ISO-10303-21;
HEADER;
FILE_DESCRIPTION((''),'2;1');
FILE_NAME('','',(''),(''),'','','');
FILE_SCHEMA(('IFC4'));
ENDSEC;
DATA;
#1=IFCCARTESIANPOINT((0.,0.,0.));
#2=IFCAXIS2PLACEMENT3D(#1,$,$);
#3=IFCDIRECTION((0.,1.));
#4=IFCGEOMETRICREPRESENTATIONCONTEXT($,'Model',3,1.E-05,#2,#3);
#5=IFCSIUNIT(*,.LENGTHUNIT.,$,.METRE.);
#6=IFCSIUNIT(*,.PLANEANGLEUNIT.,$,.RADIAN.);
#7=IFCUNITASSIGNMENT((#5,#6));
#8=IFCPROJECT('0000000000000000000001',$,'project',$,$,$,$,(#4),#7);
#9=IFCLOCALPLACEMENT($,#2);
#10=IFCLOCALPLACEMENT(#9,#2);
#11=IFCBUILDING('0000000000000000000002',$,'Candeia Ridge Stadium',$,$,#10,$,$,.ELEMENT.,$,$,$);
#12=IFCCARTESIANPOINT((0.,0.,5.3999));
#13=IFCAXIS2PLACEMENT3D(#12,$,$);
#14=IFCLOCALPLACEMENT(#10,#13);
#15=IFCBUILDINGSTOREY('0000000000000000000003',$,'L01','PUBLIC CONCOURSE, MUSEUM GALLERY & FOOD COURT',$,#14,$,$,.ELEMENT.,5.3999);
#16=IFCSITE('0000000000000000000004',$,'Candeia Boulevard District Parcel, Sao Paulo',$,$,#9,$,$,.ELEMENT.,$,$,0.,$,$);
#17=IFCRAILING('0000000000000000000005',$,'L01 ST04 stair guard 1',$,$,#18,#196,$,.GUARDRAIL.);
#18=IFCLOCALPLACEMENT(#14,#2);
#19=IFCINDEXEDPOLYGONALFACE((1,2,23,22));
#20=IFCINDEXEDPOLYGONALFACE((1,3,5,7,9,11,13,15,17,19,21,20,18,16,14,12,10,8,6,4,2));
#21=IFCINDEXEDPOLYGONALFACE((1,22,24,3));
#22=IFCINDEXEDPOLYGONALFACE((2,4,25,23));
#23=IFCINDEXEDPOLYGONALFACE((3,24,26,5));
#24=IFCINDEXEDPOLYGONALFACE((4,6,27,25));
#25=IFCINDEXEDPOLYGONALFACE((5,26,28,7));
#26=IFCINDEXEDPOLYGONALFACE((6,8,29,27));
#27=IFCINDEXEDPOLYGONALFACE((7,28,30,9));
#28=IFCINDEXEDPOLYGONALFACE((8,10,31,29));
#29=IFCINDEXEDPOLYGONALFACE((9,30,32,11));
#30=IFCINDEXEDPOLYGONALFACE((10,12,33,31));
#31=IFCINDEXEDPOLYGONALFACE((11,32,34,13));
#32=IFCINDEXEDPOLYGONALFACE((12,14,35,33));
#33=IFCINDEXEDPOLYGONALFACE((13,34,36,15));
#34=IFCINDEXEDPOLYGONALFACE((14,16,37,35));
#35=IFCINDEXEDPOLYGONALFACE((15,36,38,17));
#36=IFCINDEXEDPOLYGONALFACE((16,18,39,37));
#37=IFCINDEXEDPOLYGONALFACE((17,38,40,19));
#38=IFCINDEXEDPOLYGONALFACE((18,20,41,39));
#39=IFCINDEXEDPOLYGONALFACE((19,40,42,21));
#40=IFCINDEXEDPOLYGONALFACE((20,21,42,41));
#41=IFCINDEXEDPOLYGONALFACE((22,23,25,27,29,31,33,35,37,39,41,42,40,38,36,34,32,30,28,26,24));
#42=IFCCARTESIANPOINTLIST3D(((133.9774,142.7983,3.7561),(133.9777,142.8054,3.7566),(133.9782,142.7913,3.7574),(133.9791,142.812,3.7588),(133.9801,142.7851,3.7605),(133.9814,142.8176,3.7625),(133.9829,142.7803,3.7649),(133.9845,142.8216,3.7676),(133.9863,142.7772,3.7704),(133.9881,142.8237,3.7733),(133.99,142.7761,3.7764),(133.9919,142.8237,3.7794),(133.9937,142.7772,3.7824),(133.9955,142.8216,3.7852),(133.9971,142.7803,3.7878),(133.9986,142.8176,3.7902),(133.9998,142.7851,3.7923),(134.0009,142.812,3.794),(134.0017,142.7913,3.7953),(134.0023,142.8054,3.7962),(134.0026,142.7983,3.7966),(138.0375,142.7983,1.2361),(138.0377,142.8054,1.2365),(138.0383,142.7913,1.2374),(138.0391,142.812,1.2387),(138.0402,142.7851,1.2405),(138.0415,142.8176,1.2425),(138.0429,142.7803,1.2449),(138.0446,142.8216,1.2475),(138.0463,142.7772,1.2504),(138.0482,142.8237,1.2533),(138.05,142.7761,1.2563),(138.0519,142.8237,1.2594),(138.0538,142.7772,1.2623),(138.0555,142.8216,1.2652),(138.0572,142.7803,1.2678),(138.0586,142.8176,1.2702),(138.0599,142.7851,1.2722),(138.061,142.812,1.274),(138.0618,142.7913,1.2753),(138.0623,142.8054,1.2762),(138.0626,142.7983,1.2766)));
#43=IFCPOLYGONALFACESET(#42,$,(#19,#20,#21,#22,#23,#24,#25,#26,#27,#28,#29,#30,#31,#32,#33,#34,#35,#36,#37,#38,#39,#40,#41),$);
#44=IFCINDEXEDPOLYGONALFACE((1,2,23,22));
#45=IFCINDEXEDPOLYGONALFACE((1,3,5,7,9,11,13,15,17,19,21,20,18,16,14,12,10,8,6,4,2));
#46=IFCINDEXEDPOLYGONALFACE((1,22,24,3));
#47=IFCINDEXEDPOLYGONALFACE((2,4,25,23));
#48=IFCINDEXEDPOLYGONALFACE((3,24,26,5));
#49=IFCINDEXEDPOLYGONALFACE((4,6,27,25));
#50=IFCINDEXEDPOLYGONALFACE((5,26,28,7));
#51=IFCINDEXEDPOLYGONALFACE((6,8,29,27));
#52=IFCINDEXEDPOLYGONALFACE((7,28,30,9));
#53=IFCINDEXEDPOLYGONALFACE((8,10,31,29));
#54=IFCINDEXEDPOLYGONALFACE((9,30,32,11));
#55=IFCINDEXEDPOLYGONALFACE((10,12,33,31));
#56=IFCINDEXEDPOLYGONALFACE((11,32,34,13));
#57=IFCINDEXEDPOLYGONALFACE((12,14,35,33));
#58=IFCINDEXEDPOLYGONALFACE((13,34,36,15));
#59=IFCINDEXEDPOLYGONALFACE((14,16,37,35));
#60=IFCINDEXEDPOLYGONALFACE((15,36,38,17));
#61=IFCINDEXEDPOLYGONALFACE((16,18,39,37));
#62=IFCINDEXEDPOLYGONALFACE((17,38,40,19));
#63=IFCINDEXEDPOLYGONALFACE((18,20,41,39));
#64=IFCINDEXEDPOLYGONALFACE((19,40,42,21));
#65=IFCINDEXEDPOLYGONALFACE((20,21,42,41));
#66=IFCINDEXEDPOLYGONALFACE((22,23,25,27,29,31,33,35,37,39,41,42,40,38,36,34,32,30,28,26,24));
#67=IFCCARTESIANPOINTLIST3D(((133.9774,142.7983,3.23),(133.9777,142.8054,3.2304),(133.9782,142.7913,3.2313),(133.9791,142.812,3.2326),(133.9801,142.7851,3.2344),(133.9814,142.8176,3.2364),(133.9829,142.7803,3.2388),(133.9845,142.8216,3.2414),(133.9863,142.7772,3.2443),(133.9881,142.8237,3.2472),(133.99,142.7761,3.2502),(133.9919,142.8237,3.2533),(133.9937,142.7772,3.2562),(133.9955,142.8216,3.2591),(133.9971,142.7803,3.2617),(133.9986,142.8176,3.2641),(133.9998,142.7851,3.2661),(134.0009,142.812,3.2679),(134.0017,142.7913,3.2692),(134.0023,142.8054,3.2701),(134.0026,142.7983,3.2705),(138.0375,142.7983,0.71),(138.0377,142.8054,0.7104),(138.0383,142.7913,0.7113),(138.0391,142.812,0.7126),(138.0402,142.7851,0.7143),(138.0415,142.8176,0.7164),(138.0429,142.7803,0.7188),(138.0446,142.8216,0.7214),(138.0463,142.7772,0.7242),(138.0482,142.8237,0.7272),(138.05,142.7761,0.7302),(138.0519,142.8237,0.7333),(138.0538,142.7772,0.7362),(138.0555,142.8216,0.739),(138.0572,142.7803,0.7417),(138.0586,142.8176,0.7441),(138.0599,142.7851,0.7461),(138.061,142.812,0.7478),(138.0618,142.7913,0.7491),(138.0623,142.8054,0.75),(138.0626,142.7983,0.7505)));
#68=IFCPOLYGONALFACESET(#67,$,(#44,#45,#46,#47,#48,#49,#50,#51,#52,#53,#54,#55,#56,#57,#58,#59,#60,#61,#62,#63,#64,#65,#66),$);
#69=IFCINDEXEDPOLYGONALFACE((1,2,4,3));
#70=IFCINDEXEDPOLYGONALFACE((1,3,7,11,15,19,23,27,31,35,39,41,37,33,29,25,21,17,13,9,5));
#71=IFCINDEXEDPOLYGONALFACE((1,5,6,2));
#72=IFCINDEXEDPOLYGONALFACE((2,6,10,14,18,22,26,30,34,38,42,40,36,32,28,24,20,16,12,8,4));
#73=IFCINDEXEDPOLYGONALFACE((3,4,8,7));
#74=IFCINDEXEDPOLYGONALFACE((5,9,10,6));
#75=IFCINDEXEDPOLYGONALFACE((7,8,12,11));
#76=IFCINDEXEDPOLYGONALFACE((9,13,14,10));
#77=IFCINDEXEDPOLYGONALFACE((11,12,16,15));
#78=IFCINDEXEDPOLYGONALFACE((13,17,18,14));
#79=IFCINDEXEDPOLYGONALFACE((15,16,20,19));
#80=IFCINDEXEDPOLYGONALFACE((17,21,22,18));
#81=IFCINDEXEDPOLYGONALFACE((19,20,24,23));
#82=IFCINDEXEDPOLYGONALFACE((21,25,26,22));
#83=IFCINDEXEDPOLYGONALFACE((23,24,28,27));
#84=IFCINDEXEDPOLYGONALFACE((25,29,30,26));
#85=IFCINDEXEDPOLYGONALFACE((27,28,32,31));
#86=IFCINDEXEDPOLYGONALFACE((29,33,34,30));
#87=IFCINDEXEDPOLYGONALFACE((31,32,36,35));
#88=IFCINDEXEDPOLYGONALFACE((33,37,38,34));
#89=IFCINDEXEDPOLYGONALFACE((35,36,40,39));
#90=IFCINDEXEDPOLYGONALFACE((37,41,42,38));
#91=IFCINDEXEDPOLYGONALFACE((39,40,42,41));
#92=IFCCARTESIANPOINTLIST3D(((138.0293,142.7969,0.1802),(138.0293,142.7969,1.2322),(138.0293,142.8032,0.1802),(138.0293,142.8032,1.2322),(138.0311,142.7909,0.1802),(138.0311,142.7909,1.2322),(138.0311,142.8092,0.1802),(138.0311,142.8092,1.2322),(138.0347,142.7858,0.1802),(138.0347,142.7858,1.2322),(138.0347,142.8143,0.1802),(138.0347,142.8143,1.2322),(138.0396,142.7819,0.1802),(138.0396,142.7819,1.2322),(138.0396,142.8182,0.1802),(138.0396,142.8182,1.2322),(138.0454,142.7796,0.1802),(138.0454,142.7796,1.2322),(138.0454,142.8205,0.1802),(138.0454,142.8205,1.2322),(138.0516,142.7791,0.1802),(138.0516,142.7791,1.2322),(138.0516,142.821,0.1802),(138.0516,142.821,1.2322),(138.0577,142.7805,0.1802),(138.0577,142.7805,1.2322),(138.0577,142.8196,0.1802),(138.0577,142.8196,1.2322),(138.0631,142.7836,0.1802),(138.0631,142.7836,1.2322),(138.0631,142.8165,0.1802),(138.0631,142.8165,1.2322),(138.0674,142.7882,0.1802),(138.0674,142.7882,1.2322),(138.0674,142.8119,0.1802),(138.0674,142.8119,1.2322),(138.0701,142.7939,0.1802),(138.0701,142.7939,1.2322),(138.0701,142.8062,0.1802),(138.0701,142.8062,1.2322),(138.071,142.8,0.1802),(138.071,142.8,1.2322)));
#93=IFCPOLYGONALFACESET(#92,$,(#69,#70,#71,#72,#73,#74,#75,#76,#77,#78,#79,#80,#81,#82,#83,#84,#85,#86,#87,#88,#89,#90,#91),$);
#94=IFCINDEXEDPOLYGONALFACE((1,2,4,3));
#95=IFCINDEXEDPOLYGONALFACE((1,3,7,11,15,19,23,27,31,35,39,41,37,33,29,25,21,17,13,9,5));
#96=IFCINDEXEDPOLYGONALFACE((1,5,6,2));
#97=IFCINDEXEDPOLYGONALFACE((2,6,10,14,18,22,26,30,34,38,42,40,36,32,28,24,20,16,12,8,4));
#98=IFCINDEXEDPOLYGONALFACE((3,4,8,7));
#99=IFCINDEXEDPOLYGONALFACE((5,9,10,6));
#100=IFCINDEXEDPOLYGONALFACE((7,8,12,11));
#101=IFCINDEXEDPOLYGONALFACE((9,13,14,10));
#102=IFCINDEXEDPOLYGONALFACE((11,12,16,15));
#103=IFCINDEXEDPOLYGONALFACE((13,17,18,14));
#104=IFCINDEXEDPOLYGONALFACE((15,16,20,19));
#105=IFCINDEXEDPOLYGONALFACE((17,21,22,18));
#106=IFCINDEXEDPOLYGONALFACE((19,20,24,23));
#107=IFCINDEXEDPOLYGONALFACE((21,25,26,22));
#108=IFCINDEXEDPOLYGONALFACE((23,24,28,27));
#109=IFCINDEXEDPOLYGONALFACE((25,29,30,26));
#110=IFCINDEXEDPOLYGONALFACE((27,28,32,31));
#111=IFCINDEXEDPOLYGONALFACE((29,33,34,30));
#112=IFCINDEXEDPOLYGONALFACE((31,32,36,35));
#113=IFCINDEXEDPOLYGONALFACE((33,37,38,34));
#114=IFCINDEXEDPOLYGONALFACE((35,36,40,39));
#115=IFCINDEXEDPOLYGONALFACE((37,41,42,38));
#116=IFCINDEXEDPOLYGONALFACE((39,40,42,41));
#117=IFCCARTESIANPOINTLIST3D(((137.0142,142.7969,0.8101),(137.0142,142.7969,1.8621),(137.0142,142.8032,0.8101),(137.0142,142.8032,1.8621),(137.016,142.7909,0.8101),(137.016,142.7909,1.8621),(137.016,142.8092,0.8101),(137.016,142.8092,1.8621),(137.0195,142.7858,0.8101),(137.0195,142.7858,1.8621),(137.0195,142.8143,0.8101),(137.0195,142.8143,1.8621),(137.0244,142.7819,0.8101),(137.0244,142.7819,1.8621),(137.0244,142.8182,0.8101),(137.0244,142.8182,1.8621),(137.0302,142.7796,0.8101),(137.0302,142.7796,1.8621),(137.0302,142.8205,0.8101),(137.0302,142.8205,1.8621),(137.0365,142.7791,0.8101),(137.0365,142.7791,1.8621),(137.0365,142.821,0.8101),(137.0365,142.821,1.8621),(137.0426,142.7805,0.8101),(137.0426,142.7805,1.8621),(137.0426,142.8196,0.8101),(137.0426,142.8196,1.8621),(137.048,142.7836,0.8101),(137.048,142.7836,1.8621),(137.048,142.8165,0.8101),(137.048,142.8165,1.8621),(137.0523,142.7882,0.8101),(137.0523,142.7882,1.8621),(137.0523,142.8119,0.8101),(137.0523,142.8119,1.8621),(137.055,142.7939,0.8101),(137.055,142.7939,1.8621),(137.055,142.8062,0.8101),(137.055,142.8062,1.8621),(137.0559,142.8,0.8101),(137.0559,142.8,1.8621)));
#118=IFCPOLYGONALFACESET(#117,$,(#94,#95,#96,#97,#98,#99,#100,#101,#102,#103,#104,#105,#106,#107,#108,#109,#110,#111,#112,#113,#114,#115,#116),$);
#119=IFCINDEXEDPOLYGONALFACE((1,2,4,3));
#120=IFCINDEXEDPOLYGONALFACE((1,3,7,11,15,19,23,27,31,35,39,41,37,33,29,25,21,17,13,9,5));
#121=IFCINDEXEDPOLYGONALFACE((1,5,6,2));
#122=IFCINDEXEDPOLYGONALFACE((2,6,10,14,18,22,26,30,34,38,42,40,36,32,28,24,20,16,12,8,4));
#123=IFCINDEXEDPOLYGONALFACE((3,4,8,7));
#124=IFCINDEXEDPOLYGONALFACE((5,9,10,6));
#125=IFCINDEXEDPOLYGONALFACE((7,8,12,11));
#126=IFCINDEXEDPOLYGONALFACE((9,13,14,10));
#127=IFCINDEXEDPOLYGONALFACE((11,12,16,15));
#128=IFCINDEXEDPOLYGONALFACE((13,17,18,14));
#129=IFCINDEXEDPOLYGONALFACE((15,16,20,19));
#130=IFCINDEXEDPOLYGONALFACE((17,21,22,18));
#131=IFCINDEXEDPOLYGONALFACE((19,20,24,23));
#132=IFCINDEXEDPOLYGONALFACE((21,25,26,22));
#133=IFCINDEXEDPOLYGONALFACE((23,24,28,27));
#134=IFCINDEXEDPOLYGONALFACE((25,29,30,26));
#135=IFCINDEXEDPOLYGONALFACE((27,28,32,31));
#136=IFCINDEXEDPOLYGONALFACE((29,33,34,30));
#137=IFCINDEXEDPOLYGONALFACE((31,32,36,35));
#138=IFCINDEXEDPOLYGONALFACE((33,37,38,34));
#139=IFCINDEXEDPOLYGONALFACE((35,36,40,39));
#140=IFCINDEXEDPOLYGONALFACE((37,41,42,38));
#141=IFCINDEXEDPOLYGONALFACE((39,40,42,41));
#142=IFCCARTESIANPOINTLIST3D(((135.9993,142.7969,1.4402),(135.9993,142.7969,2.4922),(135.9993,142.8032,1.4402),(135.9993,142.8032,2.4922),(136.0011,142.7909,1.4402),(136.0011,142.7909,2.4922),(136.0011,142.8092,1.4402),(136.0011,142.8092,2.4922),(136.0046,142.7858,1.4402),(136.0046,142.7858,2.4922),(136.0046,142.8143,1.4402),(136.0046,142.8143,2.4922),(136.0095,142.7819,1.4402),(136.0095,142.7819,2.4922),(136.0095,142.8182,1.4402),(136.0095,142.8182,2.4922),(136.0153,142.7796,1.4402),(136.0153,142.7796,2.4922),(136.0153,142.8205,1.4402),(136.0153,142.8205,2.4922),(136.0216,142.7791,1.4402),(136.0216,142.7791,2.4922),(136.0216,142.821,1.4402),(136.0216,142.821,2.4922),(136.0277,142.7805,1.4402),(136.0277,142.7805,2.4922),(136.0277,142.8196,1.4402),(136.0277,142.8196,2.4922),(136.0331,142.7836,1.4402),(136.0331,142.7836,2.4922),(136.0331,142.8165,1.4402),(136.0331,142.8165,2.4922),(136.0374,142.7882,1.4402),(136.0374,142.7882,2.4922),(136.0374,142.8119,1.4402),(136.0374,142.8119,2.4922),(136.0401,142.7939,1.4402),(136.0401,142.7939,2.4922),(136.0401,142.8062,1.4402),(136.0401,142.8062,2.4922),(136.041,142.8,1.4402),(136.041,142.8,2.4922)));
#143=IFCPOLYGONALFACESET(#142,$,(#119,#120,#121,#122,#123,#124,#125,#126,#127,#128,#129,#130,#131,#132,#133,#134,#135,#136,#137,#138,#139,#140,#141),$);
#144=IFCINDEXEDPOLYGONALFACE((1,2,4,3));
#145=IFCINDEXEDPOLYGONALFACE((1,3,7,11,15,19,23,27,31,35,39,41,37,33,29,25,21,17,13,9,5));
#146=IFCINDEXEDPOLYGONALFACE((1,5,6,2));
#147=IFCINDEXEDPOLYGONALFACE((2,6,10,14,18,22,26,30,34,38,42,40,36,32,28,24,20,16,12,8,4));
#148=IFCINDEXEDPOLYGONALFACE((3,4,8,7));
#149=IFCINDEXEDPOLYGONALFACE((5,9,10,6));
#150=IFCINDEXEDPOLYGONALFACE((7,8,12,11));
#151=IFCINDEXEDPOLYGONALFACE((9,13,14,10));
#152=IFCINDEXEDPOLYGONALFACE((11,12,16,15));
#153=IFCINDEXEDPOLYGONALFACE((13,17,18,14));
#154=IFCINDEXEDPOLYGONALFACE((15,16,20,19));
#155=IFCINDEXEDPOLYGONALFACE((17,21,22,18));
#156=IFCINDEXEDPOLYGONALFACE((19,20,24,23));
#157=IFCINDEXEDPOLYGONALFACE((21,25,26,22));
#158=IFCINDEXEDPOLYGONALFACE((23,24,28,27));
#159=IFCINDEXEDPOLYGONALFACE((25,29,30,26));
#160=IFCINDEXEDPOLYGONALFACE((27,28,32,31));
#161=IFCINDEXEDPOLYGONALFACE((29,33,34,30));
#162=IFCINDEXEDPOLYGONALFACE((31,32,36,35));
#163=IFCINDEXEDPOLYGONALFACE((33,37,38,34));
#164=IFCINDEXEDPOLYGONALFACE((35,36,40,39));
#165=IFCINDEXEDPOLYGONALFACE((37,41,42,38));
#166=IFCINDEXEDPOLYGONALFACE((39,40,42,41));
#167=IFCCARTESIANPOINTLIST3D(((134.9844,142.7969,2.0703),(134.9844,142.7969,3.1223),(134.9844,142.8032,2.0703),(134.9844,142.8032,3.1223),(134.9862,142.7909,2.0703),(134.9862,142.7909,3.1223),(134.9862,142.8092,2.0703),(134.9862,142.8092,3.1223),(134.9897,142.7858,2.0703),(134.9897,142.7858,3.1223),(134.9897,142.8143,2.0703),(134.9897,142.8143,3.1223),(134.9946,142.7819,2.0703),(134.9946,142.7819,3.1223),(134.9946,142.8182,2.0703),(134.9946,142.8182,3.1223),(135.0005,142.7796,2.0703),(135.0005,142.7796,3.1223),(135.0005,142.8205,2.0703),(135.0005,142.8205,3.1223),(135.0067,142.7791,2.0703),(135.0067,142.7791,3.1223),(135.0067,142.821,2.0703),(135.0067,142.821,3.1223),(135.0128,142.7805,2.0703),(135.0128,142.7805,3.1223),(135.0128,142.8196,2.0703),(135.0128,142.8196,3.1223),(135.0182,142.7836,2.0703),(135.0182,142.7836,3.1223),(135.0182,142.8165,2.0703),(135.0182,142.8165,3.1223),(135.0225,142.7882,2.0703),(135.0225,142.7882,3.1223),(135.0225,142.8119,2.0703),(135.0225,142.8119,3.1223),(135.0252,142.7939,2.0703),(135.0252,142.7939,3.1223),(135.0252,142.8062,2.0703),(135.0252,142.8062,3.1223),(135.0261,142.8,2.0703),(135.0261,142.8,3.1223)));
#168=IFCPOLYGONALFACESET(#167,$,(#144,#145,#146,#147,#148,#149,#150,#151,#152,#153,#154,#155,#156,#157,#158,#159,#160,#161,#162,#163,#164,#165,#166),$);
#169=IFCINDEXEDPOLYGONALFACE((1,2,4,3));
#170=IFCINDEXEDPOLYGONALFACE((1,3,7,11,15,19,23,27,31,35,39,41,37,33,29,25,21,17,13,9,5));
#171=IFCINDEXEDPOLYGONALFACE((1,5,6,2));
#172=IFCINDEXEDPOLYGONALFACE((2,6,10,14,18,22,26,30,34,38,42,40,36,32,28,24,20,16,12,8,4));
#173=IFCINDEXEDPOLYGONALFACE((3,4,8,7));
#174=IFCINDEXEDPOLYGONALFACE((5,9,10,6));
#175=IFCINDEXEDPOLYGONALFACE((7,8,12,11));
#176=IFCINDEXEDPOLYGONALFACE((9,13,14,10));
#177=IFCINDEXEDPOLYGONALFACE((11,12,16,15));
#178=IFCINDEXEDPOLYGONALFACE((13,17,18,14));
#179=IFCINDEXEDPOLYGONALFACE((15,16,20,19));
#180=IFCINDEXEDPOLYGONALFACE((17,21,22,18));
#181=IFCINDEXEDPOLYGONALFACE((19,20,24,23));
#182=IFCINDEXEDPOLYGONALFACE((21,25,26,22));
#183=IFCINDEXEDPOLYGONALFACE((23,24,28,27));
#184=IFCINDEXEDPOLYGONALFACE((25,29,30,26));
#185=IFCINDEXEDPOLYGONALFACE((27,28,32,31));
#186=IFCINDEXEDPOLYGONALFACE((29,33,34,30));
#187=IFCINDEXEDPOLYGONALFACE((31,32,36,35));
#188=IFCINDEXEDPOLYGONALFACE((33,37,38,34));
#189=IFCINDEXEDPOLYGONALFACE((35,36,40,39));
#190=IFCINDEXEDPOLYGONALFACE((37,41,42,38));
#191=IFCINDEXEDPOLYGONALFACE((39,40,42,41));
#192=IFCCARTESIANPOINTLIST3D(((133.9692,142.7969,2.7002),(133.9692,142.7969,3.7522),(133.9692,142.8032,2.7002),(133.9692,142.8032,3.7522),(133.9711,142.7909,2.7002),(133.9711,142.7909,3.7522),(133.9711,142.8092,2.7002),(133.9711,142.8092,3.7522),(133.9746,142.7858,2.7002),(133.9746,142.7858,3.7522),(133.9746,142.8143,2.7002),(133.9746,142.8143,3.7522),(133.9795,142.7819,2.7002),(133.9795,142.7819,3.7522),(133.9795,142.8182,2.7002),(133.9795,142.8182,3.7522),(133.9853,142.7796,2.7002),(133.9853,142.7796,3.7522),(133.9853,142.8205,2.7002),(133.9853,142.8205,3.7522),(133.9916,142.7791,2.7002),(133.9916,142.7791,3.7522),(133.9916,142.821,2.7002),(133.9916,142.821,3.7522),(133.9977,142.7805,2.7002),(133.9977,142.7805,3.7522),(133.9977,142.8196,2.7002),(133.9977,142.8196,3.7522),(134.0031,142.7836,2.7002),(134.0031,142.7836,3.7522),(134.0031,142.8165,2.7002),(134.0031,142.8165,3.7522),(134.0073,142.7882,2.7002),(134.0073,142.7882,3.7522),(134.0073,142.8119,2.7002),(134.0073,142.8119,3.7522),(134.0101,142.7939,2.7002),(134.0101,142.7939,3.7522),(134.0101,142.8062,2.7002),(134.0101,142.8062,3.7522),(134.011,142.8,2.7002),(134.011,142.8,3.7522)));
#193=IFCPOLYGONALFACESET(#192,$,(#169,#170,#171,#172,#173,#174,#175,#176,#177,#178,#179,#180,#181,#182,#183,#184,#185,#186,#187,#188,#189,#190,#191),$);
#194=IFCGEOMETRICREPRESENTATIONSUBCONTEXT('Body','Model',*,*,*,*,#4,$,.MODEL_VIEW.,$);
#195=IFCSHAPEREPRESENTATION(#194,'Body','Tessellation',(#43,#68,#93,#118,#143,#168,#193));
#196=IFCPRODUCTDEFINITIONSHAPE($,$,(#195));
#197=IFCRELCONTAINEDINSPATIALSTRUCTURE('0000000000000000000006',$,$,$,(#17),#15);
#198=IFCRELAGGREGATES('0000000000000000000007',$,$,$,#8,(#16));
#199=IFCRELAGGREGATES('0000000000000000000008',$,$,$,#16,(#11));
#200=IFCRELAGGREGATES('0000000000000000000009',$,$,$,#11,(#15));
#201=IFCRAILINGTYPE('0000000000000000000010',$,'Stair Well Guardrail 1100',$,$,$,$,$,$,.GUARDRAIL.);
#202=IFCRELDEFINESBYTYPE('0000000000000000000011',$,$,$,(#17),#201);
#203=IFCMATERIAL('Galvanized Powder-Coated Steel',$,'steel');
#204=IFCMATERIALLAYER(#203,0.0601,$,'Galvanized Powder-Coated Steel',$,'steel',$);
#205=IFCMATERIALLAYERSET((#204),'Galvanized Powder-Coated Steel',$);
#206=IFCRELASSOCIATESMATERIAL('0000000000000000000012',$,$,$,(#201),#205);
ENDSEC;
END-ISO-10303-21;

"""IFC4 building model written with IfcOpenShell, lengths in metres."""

from ifc_helpers import new_model, si_unit, direction, frame, origin, origin_2d, place, context, subcontext, project, spatial, circle, extrude, material, layer, layer_set, type_object, element, save


model = new_model("IFC4")

# Units and contexts
model_context = context("Model", 3, precision=1e-05, world=origin(), true_north=direction((0.0, 1.0)))
body_context = subcontext(model_context, "Body", "Model", "MODEL_VIEW")
ifc_project = project(units=[si_unit("LENGTHUNIT", "METRE"), si_unit("PLANEANGLEUNIT", "RADIAN")], contexts=[model_context])

# Site, building, storey
site_placement = place(None, origin())
site = spatial("IfcSite", under=ifc_project, at=site_placement, Name="Candeia Boulevard District Parcel, Sao Paulo", CompositionType="ELEMENT", RefElevation=0.0)
building_placement = place(site_placement, origin())
building = spatial("IfcBuilding", under=site, at=building_placement, Name="Candeia Ridge Stadium", CompositionType="ELEMENT")
storey_placement = place(building_placement, frame((0.0, 0.0, 5.3999)))
storey = spatial("IfcBuildingStorey", under=building, at=storey_placement, Name="L01", Description="PUBLIC CONCOURSE, MUSEUM GALLERY & FOOD COURT", CompositionType="ELEMENT", Elevation=5.3999)

# Railing
ifc_material_1 = material(Name="Galvanized Powder-Coated Steel", Category="steel")
ifc_layer_1 = layer(ifc_material_1, 0.0601, Name="Galvanized Powder-Coated Steel", Category="steel")
ifc_layer_set_1 = layer_set([ifc_layer_1], Name="Galvanized Powder-Coated Steel")
railing_type_1 = type_object("IfcRailingType", Name="Stair Well Guardrail 1100", PredefinedType="GUARDRAIL", material=ifc_layer_set_1)
railing_1_placement = place(storey_placement, frame((138.05, 142.8, 0.1802)))
element("IfcRailing", 1, at=railing_1_placement, inside=storey, type_object=railing_type_1, Name="L01 ST04 stair guard 1", PredefinedType="GUARDRAIL", context=body_context, shape_type="SweptSolid", body=[
    extrude(circle(Radius=0.0239, at=origin_2d()), frame((0.0, 0.0, 1.0762), z_axis=(-0.849642, 0.0, 0.52736), x_axis=(0.0, -1.0, 0.0)), (0.0, 0.0, 1.0), 4.7786),
    extrude(circle(Radius=0.0239, at=origin_2d()), frame((0.0, 0.0, 0.55), z_axis=(-0.849642, 0.0, 0.52736), x_axis=(0.0, -1.0, 0.0)), (0.0, 0.0, 1.0), 4.7786),
    extrude(circle(Radius=0.021, at=origin_2d()), origin(), (0.0, 0.0, 1.0), 1.052),
    extrude(circle(Radius=0.021, at=origin_2d()), frame((-1.0151, 0.0, 0.6299)), (0.0, 0.0, 1.0), 1.052),
    extrude(circle(Radius=0.021, at=origin_2d()), frame((-2.03, 0.0, 1.26)), (0.0, 0.0, 1.0), 1.052),
    extrude(circle(Radius=0.021, at=origin_2d()), frame((-3.0449, 0.0, 1.8901)), (0.0, 0.0, 1.0), 1.052),
    extrude(circle(Radius=0.021, at=origin_2d()), frame((-4.0601, 0.0, 2.52)), (0.0, 0.0, 1.0), 1.052),
])

save(model, "model.ifc")
